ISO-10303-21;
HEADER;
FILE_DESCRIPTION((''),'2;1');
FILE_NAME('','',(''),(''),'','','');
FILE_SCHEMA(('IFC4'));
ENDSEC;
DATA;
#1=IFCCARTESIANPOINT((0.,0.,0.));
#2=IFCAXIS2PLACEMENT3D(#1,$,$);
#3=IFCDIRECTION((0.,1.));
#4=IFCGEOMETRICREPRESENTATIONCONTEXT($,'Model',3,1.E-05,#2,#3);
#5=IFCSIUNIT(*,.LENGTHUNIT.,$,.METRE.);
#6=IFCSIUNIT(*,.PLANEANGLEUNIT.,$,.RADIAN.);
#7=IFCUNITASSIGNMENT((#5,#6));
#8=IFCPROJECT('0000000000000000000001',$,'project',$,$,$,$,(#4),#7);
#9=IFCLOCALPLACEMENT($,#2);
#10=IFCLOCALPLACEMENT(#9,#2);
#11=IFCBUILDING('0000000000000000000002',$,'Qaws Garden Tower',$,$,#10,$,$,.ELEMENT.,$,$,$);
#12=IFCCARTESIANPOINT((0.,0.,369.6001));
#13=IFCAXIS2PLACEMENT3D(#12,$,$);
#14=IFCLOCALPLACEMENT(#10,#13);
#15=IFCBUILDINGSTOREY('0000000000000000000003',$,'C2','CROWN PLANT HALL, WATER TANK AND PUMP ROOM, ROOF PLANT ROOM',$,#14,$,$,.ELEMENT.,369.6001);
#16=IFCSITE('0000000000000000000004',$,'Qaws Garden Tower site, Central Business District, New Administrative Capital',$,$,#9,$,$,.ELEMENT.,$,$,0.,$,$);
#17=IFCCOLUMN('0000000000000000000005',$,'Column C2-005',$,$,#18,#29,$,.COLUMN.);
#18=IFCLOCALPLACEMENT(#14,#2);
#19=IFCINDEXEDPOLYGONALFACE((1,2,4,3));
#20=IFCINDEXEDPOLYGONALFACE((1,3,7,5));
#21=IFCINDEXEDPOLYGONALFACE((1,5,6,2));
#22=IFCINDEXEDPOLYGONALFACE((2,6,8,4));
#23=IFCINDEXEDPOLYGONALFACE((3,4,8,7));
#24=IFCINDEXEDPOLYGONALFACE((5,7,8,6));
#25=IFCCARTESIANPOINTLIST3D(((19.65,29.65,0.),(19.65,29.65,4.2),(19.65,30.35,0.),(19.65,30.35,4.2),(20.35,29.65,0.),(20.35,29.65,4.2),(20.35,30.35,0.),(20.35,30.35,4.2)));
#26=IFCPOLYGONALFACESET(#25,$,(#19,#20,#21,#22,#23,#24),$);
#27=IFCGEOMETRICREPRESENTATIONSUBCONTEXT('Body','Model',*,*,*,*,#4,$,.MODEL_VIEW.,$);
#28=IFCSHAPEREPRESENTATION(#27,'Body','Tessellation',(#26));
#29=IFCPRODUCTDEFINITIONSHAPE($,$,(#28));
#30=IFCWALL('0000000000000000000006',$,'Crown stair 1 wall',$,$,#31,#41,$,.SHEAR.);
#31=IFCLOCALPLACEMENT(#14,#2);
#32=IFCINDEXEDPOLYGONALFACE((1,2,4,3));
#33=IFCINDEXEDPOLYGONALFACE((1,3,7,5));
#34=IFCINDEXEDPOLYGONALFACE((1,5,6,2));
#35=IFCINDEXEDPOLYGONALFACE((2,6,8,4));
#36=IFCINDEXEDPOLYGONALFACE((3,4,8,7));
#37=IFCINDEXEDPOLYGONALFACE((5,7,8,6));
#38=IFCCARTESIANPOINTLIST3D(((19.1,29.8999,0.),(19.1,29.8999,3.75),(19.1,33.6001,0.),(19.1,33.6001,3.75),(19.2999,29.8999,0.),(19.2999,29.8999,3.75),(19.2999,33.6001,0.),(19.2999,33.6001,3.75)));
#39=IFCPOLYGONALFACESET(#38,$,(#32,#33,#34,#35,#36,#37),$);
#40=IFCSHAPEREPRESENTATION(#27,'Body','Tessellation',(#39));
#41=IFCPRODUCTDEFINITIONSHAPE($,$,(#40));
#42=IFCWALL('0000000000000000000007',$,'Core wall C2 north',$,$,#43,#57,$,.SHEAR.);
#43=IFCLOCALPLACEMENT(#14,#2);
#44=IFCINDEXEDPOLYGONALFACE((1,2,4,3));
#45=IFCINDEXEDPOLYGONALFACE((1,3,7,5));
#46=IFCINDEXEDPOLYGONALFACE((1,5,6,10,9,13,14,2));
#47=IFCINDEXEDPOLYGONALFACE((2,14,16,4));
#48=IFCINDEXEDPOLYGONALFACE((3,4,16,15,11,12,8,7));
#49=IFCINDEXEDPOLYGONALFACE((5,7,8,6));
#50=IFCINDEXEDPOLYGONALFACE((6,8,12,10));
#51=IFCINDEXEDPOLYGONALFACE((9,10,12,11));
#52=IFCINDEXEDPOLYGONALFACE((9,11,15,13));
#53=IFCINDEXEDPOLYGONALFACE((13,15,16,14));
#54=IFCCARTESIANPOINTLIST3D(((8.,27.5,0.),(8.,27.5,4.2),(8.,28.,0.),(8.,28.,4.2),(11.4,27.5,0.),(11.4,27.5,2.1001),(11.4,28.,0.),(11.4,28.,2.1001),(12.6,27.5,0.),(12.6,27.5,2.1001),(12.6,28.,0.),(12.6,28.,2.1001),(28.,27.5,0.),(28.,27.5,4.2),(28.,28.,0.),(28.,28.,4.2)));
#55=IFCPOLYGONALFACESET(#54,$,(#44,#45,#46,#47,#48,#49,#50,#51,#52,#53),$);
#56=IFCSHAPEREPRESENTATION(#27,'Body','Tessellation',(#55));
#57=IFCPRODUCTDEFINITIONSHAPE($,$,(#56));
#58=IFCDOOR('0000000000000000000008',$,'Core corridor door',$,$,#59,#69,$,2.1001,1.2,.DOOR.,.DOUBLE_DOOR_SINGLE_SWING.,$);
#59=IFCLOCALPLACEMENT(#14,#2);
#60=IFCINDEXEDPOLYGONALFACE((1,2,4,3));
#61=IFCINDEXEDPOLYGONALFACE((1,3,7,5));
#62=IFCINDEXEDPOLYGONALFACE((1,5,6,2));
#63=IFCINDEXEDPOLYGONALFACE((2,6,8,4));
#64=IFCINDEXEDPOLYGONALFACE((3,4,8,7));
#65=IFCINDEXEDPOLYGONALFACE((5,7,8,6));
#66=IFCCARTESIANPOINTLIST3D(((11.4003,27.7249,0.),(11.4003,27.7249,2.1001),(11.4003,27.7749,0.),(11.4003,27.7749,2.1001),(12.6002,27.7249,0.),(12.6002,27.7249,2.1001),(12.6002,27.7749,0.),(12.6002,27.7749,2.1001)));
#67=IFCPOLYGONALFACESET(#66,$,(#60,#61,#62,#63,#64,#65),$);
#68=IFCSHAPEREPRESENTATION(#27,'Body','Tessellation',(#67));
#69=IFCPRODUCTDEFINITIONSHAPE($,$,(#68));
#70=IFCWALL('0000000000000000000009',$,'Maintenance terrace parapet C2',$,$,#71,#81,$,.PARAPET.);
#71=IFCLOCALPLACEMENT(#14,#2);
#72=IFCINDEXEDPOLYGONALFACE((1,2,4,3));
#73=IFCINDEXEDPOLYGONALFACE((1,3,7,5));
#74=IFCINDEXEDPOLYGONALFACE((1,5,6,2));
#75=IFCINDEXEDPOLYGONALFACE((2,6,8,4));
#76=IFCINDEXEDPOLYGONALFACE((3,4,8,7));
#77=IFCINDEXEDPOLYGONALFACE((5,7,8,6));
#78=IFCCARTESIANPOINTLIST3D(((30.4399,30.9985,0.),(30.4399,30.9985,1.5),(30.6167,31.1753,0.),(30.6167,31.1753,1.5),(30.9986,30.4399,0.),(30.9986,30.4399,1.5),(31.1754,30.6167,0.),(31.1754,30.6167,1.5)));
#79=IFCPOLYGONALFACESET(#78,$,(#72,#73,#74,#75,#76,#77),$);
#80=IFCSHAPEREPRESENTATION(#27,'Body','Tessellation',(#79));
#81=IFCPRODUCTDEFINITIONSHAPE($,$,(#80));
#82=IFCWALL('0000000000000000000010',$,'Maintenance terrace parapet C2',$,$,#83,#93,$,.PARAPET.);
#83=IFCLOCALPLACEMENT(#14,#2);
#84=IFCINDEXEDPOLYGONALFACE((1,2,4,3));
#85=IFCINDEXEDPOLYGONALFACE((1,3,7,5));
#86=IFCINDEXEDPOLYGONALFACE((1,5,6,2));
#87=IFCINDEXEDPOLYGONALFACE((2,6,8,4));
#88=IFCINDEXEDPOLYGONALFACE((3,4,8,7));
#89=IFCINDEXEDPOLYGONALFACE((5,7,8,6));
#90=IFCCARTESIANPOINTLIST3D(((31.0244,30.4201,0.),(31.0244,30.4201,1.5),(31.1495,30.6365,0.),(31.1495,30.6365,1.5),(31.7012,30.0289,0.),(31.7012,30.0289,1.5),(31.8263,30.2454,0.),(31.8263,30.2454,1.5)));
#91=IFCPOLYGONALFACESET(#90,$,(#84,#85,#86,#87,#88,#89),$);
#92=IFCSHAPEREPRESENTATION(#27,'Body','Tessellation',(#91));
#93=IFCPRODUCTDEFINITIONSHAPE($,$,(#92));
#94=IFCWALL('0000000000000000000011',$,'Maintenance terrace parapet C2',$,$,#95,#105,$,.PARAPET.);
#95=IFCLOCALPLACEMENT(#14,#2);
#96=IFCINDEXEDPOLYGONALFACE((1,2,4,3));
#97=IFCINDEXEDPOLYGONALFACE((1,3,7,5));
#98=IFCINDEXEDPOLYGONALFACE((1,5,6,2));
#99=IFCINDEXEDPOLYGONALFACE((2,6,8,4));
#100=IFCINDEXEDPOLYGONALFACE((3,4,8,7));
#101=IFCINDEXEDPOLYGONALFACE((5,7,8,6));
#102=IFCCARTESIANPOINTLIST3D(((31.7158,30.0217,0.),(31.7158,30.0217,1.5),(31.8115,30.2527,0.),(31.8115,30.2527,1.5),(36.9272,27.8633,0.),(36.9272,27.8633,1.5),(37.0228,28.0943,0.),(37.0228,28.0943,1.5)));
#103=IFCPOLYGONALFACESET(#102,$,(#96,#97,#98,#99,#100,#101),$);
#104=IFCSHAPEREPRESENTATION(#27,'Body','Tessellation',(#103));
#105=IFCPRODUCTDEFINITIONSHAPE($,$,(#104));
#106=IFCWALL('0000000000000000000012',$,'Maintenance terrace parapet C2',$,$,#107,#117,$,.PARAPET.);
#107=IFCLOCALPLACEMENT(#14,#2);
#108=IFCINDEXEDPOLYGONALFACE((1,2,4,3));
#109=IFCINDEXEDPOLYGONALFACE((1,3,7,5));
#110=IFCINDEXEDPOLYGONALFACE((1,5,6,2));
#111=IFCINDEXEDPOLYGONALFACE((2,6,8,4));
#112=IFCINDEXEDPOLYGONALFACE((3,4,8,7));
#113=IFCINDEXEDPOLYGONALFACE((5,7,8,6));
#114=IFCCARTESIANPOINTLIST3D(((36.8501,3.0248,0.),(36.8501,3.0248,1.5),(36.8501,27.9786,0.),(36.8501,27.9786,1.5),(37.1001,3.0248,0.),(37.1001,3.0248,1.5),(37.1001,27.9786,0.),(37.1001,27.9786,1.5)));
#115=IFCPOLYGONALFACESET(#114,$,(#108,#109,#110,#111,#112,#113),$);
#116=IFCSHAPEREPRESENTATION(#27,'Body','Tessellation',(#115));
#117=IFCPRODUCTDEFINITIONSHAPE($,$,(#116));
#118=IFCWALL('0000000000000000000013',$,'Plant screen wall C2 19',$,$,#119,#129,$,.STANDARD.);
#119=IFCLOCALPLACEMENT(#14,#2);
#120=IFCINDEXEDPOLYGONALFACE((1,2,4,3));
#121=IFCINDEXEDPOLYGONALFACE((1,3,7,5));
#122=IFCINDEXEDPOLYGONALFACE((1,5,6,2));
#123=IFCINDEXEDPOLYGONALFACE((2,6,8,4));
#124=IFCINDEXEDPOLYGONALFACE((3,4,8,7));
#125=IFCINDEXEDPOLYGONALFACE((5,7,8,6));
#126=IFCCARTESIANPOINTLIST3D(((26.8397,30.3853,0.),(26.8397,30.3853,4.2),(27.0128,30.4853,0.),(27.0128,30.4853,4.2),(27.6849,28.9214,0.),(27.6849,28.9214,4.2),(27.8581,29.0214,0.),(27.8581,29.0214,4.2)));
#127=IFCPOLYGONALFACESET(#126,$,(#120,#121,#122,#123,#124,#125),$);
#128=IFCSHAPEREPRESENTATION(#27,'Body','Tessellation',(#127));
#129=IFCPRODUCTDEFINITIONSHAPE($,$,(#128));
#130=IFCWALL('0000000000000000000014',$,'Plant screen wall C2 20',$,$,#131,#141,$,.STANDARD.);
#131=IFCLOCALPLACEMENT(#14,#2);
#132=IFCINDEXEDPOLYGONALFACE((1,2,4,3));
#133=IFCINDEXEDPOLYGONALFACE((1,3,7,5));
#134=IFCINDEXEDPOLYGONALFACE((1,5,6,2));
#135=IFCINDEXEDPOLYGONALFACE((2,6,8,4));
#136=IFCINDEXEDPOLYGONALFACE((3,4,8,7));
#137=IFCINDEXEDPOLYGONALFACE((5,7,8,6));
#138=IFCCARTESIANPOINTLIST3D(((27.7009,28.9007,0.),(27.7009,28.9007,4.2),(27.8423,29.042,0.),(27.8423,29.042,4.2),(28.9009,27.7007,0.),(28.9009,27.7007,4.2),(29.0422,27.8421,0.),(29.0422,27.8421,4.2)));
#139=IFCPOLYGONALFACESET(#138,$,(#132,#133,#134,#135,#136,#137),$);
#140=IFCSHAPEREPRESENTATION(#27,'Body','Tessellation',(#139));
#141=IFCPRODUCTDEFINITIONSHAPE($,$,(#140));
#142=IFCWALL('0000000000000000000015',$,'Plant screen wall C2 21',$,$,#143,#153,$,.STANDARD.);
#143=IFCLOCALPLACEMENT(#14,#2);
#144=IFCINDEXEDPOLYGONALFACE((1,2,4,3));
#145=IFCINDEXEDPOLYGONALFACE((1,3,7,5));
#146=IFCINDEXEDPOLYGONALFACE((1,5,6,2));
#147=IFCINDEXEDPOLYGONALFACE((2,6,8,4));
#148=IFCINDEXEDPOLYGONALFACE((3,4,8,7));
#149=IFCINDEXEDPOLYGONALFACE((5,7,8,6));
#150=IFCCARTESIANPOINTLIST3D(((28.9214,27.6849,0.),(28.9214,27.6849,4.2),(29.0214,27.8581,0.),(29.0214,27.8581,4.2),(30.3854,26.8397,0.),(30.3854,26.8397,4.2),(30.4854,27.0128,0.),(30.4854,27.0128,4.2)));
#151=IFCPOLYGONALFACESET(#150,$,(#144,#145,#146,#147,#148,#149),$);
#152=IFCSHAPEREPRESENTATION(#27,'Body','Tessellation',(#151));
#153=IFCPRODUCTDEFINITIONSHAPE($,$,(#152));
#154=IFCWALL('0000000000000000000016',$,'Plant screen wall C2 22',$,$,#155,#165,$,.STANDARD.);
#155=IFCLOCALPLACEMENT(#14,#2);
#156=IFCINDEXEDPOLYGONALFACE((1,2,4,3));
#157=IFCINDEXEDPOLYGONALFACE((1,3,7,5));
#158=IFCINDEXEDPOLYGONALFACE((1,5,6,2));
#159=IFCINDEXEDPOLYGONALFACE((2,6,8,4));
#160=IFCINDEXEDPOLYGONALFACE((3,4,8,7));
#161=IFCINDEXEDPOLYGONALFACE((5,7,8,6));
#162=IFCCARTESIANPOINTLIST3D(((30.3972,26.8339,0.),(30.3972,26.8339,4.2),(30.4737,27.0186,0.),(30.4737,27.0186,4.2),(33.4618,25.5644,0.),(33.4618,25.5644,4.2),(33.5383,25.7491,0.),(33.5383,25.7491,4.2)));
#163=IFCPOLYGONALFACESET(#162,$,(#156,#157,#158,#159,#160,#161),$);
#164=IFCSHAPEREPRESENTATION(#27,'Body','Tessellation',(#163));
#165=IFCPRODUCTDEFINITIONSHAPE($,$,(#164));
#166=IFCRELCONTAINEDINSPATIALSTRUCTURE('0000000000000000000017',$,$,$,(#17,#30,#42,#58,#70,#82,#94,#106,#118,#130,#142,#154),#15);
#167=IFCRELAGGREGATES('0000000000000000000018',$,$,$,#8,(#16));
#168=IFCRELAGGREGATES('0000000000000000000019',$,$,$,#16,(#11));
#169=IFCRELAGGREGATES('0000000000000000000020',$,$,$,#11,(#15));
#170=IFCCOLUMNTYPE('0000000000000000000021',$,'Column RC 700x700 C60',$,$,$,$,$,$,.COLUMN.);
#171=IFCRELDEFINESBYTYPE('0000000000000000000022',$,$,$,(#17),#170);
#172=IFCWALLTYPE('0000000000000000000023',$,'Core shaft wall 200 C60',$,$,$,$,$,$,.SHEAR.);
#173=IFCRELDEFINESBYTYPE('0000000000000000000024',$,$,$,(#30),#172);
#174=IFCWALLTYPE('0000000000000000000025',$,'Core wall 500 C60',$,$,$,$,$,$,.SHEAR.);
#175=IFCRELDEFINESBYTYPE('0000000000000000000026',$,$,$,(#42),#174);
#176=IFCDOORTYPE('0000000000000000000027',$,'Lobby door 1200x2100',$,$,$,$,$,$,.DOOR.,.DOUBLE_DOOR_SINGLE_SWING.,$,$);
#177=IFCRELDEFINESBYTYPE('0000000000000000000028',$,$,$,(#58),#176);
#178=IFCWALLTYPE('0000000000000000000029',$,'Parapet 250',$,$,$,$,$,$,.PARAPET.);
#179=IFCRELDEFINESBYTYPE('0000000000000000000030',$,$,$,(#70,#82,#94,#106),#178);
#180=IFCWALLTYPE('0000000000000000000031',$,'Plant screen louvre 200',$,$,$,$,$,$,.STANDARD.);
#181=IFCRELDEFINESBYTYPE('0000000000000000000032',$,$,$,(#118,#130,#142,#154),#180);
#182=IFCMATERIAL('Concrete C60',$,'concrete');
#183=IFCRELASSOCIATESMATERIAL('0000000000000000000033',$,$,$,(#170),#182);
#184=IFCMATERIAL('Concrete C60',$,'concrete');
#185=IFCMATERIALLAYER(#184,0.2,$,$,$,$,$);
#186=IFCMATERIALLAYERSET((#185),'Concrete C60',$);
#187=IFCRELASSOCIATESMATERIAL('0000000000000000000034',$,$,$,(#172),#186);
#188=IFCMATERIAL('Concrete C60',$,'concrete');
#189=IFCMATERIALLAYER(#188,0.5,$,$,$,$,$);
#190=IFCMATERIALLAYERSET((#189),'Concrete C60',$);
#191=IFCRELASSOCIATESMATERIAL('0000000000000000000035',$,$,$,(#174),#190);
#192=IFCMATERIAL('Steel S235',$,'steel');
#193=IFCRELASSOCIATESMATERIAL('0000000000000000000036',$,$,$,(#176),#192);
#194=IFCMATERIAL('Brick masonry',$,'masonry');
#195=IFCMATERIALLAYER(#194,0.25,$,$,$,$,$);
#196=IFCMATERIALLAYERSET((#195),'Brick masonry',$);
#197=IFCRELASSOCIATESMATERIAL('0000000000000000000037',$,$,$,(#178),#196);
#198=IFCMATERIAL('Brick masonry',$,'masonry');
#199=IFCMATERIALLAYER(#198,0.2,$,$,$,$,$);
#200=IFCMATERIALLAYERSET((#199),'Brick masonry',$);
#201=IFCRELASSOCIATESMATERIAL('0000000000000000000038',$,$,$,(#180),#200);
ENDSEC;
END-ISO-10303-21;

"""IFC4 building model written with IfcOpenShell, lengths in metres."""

from ifc_helpers import new_model, si_unit, direction, frame, frame_2d, origin, origin_2d, place, context, subcontext, project, spatial, rectangle, extrude, material, layer, layer_set, material_profile, profile_set, type_object, element, fill, save


model = new_model("IFC4")

# Units and contexts
model_context = context("Model", 3, precision=1e-05, world=origin(), true_north=direction((0.0, 1.0)))
body_context = subcontext(model_context, "Body", "Model", "MODEL_VIEW")
ifc_project = project(units=[si_unit("LENGTHUNIT", "METRE"), si_unit("PLANEANGLEUNIT", "RADIAN")], contexts=[model_context])

# Site, building, storey
site_placement = place(None, origin())
site = spatial("IfcSite", under=ifc_project, at=site_placement, Name="Qaws Garden Tower site, Central Business District, New Administrative Capital", CompositionType="ELEMENT", RefElevation=0.0)
building_placement = place(site_placement, origin())
building = spatial("IfcBuilding", under=site, at=building_placement, Name="Qaws Garden Tower", CompositionType="ELEMENT")
storey_placement = place(building_placement, frame((0.0, 0.0, 369.6001)))
storey = spatial("IfcBuildingStorey", under=building, at=storey_placement, Name="C2", Description="CROWN PLANT HALL, WATER TANK AND PUMP ROOM, ROOF PLANT ROOM", CompositionType="ELEMENT", Elevation=369.6001)

# Column
ifc_material_1 = material(Name="Concrete C60", Category="concrete")
ifc_material_profile = material_profile(ifc_material_1, rectangle(XDim=0.7, YDim=0.7, at=origin_2d()), Name="RC 700x700")
ifc_profile_set = profile_set([ifc_material_profile], Name="Concrete C60")
column_type = type_object("IfcColumnType", Name="Column RC 700x700 C60", PredefinedType="COLUMN", material=ifc_profile_set)
column_placement = place(storey_placement, frame((20.0, 30.0, 0.0), z_axis=(0.0, 0.0, 1.0), x_axis=(1.0, 0.0, 0.0)))
element("IfcColumn", 1, at=column_placement, inside=storey, type_object=column_type, Name="Column C2-005", PredefinedType="COLUMN", context=body_context, shape_type="SweptSolid", body=[
    extrude(rectangle(XDim=0.7, YDim=0.7, at=origin_2d()), origin(), (0.0, 0.0, 1.0), 4.2),
])

# Wall
ifc_material_2 = material(Name="Concrete C60", Category="concrete")
ifc_layer_1 = layer(ifc_material_2, 0.2)
ifc_layer_set_1 = layer_set([ifc_layer_1], Name="Concrete C60")
wall_type_1 = type_object("IfcWallType", Name="Core shaft wall 200 C60", PredefinedType="SHEAR", material=ifc_layer_set_1)
wall_1_placement = place(storey_placement, frame((19.2, 29.8999, 0.0), z_axis=(0.0, 0.0, 1.0), x_axis=(0.0, 1.0, 0.0)))
element("IfcWall", 2, at=wall_1_placement, inside=storey, type_object=wall_type_1, Name="Crown stair 1 wall", PredefinedType="SHEAR", context=body_context, shape_type="SweptSolid", body=[
    extrude(rectangle(XDim=3.7002, YDim=0.2, at=frame_2d((1.8501, 0.0))), origin(), (0.0, 0.0, 1.0), 3.75),
])

# Wall, opening, door
ifc_material_3 = material(Name="Concrete C60", Category="concrete")
ifc_layer_2 = layer(ifc_material_3, 0.5)
ifc_layer_set_2 = layer_set([ifc_layer_2], Name="Concrete C60")
wall_type_2 = type_object("IfcWallType", Name="Core wall 500 C60", PredefinedType="SHEAR", material=ifc_layer_set_2)
wall_2_placement = place(storey_placement, frame((28.0, 27.75, 0.0), z_axis=(0.0, 0.0, 1.0), x_axis=(-1.0, 0.0, 0.0)))
wall_2 = element("IfcWall", 3, at=wall_2_placement, inside=storey, type_object=wall_type_2, Name="Core wall C2 north", PredefinedType="SHEAR", context=body_context, shape_type="SweptSolid", body=[
    extrude(rectangle(XDim=20.0, YDim=0.5, at=frame_2d((10.0, 0.0))), origin(), (0.0, 0.0, 1.0), 4.2),
])
opening_1_placement = place(wall_2_placement, frame((15.3999, 0.0, 0.0)))
opening_1 = element("IfcOpeningElement", 4, at=opening_1_placement, cuts=wall_2, PredefinedType="OPENING", context=body_context, shape_type="SweptSolid", body=[
    extrude(rectangle(XDim=1.2, YDim=2.1001, at=frame_2d((0.6001, 1.05))), frame((0.0, 0.26, 0.0), z_axis=(0.0, -1.0, 0.0), x_axis=(1.0, 0.0, 0.0)), (0.0, 0.0, 1.0), 0.52),
])
ifc_material_4 = material(Name="Steel S235", Category="steel")
door_type = type_object("IfcDoorType", Name="Lobby door 1200x2100", OperationType="DOUBLE_DOOR_SINGLE_SWING", PredefinedType="DOOR", material=ifc_material_4)
door_placement = place(opening_1_placement, frame((1.2, 0.0, 0.0), z_axis=(0.0, 0.0, 1.0), x_axis=(-1.0, 0.0, 0.0)))
door = element("IfcDoor", 5, at=door_placement, inside=storey, type_object=door_type, Name="Core corridor door", OperationType="DOUBLE_DOOR_SINGLE_SWING", OverallHeight=2.1001, OverallWidth=1.2, PredefinedType="DOOR", context=body_context, shape_type="SweptSolid", body=[
    extrude(rectangle(XDim=1.2, YDim=2.1001, at=frame_2d((0.6001, 1.05))), frame((0.0, 0.0249, 0.0), z_axis=(0.0, -1.0, 0.0), x_axis=(1.0, 0.0, 0.0)), (0.0, 0.0, 1.0), 0.05),
])
fill(opening_1, door)

# Walls
ifc_material_5 = material(Name="Brick masonry", Category="masonry")
ifc_layer_3 = layer(ifc_material_5, 0.25)
ifc_layer_set_3 = layer_set([ifc_layer_3], Name="Brick masonry")
wall_type_3 = type_object("IfcWallType", Name="Parapet 250", PredefinedType="PARAPET", material=ifc_layer_set_3)
wall_3_placement = place(storey_placement, frame((30.5283, 31.0869, 0.0), z_axis=(0.0, 0.0, 1.0), x_axis=(0.707107, -0.707107, 0.0)))
element("IfcWall", 6, at=wall_3_placement, inside=storey, type_object=wall_type_3, Name="Maintenance terrace parapet C2", PredefinedType="PARAPET", context=body_context, shape_type="SweptSolid", body=[
    extrude(rectangle(XDim=0.79, YDim=0.25, at=frame_2d((0.395, 0.0))), origin(), (0.0, 0.0, 1.0), 1.5),
])
wall_4_placement = place(storey_placement, frame((31.0869, 30.5283, 0.0), z_axis=(0.0, 0.0, 1.0), x_axis=(0.865811, -0.500371, 0.0)))
element("IfcWall", 7, at=wall_4_placement, inside=storey, type_object=wall_type_3, Name="Maintenance terrace parapet C2", PredefinedType="PARAPET", context=body_context, shape_type="SweptSolid", body=[
    extrude(rectangle(XDim=0.7817, YDim=0.25, at=frame_2d((0.3909, 0.0))), origin(), (0.0, 0.0, 1.0), 1.5),
])
wall_5_placement = place(storey_placement, frame((31.7637, 30.1372, 0.0), z_axis=(0.0, 0.0, 1.0), x_axis=(0.923892, -0.382654, 0.0)))
element("IfcWall", 8, at=wall_5_placement, inside=storey, type_object=wall_type_3, Name="Maintenance terrace parapet C2", PredefinedType="PARAPET", context=body_context, shape_type="SweptSolid", body=[
    extrude(rectangle(XDim=5.6406, YDim=0.25, at=frame_2d((2.8203, 0.0))), origin(), (0.0, 0.0, 1.0), 1.5),
])
wall_6_placement = place(storey_placement, frame((36.9751, 27.9788, 0.0), z_axis=(0.0, 0.0, 1.0), x_axis=(0.0, -1.0, 0.0)))
element("IfcWall", 9, at=wall_6_placement, inside=storey, type_object=wall_type_3, Name="Maintenance terrace parapet C2", PredefinedType="PARAPET", context=body_context, shape_type="SweptSolid", body=[
    extrude(rectangle(XDim=24.9539, YDim=0.25, at=frame_2d((12.4771, 0.0))), origin(), (0.0, 0.0, 1.0), 1.5),
])
ifc_material_6 = material(Name="Brick masonry", Category="masonry")
ifc_layer_4 = layer(ifc_material_6, 0.2)
ifc_layer_set_4 = layer_set([ifc_layer_4], Name="Brick masonry")
wall_type_4 = type_object("IfcWallType", Name="Plant screen louvre 200", PredefinedType="STANDARD", material=ifc_layer_set_4)
wall_7_placement = place(storey_placement, frame((26.9263, 30.4353, 0.0), z_axis=(0.0, 0.0, 1.0), x_axis=(0.500023, -0.866012, 0.0)))
element("IfcWall", 10, at=wall_7_placement, inside=storey, type_object=wall_type_4, Name="Plant screen wall C2 19", PredefinedType="STANDARD", context=body_context, shape_type="SweptSolid", body=[
    extrude(rectangle(XDim=1.6904, YDim=0.2, at=frame_2d((0.8452, 0.0))), origin(), (0.0, 0.0, 1.0), 4.2),
])
wall_8_placement = place(storey_placement, frame((27.7715, 28.9714, 0.0), z_axis=(0.0, 0.0, 1.0), x_axis=(0.707107, -0.707107, 0.0)))
element("IfcWall", 11, at=wall_8_placement, inside=storey, type_object=wall_type_4, Name="Plant screen wall C2 20", PredefinedType="STANDARD", context=body_context, shape_type="SweptSolid", body=[
    extrude(rectangle(XDim=1.697, YDim=0.2, at=frame_2d((0.8486, 0.0))), origin(), (0.0, 0.0, 1.0), 4.2),
])
wall_9_placement = place(storey_placement, frame((28.9714, 27.7715, 0.0), z_axis=(0.0, 0.0, 1.0), x_axis=(0.866012, -0.500023, 0.0)))
element("IfcWall", 12, at=wall_9_placement, inside=storey, type_object=wall_type_4, Name="Plant screen wall C2 21", PredefinedType="STANDARD", context=body_context, shape_type="SweptSolid", body=[
    extrude(rectangle(XDim=1.6904, YDim=0.2, at=frame_2d((0.8452, 0.0))), origin(), (0.0, 0.0, 1.0), 4.2),
])
wall_10_placement = place(storey_placement, frame((30.4353, 26.9263, 0.0), z_axis=(0.0, 0.0, 1.0), x_axis=(0.92387, -0.382707, 0.0)))
element("IfcWall", 13, at=wall_10_placement, inside=storey, type_object=wall_type_4, Name="Plant screen wall C2 22", PredefinedType="STANDARD", context=body_context, shape_type="SweptSolid", body=[
    extrude(rectangle(XDim=3.3171, YDim=0.2, at=frame_2d((1.6587, 0.0))), origin(), (0.0, 0.0, 1.0), 4.2),
])

save(model, "model.ifc")
